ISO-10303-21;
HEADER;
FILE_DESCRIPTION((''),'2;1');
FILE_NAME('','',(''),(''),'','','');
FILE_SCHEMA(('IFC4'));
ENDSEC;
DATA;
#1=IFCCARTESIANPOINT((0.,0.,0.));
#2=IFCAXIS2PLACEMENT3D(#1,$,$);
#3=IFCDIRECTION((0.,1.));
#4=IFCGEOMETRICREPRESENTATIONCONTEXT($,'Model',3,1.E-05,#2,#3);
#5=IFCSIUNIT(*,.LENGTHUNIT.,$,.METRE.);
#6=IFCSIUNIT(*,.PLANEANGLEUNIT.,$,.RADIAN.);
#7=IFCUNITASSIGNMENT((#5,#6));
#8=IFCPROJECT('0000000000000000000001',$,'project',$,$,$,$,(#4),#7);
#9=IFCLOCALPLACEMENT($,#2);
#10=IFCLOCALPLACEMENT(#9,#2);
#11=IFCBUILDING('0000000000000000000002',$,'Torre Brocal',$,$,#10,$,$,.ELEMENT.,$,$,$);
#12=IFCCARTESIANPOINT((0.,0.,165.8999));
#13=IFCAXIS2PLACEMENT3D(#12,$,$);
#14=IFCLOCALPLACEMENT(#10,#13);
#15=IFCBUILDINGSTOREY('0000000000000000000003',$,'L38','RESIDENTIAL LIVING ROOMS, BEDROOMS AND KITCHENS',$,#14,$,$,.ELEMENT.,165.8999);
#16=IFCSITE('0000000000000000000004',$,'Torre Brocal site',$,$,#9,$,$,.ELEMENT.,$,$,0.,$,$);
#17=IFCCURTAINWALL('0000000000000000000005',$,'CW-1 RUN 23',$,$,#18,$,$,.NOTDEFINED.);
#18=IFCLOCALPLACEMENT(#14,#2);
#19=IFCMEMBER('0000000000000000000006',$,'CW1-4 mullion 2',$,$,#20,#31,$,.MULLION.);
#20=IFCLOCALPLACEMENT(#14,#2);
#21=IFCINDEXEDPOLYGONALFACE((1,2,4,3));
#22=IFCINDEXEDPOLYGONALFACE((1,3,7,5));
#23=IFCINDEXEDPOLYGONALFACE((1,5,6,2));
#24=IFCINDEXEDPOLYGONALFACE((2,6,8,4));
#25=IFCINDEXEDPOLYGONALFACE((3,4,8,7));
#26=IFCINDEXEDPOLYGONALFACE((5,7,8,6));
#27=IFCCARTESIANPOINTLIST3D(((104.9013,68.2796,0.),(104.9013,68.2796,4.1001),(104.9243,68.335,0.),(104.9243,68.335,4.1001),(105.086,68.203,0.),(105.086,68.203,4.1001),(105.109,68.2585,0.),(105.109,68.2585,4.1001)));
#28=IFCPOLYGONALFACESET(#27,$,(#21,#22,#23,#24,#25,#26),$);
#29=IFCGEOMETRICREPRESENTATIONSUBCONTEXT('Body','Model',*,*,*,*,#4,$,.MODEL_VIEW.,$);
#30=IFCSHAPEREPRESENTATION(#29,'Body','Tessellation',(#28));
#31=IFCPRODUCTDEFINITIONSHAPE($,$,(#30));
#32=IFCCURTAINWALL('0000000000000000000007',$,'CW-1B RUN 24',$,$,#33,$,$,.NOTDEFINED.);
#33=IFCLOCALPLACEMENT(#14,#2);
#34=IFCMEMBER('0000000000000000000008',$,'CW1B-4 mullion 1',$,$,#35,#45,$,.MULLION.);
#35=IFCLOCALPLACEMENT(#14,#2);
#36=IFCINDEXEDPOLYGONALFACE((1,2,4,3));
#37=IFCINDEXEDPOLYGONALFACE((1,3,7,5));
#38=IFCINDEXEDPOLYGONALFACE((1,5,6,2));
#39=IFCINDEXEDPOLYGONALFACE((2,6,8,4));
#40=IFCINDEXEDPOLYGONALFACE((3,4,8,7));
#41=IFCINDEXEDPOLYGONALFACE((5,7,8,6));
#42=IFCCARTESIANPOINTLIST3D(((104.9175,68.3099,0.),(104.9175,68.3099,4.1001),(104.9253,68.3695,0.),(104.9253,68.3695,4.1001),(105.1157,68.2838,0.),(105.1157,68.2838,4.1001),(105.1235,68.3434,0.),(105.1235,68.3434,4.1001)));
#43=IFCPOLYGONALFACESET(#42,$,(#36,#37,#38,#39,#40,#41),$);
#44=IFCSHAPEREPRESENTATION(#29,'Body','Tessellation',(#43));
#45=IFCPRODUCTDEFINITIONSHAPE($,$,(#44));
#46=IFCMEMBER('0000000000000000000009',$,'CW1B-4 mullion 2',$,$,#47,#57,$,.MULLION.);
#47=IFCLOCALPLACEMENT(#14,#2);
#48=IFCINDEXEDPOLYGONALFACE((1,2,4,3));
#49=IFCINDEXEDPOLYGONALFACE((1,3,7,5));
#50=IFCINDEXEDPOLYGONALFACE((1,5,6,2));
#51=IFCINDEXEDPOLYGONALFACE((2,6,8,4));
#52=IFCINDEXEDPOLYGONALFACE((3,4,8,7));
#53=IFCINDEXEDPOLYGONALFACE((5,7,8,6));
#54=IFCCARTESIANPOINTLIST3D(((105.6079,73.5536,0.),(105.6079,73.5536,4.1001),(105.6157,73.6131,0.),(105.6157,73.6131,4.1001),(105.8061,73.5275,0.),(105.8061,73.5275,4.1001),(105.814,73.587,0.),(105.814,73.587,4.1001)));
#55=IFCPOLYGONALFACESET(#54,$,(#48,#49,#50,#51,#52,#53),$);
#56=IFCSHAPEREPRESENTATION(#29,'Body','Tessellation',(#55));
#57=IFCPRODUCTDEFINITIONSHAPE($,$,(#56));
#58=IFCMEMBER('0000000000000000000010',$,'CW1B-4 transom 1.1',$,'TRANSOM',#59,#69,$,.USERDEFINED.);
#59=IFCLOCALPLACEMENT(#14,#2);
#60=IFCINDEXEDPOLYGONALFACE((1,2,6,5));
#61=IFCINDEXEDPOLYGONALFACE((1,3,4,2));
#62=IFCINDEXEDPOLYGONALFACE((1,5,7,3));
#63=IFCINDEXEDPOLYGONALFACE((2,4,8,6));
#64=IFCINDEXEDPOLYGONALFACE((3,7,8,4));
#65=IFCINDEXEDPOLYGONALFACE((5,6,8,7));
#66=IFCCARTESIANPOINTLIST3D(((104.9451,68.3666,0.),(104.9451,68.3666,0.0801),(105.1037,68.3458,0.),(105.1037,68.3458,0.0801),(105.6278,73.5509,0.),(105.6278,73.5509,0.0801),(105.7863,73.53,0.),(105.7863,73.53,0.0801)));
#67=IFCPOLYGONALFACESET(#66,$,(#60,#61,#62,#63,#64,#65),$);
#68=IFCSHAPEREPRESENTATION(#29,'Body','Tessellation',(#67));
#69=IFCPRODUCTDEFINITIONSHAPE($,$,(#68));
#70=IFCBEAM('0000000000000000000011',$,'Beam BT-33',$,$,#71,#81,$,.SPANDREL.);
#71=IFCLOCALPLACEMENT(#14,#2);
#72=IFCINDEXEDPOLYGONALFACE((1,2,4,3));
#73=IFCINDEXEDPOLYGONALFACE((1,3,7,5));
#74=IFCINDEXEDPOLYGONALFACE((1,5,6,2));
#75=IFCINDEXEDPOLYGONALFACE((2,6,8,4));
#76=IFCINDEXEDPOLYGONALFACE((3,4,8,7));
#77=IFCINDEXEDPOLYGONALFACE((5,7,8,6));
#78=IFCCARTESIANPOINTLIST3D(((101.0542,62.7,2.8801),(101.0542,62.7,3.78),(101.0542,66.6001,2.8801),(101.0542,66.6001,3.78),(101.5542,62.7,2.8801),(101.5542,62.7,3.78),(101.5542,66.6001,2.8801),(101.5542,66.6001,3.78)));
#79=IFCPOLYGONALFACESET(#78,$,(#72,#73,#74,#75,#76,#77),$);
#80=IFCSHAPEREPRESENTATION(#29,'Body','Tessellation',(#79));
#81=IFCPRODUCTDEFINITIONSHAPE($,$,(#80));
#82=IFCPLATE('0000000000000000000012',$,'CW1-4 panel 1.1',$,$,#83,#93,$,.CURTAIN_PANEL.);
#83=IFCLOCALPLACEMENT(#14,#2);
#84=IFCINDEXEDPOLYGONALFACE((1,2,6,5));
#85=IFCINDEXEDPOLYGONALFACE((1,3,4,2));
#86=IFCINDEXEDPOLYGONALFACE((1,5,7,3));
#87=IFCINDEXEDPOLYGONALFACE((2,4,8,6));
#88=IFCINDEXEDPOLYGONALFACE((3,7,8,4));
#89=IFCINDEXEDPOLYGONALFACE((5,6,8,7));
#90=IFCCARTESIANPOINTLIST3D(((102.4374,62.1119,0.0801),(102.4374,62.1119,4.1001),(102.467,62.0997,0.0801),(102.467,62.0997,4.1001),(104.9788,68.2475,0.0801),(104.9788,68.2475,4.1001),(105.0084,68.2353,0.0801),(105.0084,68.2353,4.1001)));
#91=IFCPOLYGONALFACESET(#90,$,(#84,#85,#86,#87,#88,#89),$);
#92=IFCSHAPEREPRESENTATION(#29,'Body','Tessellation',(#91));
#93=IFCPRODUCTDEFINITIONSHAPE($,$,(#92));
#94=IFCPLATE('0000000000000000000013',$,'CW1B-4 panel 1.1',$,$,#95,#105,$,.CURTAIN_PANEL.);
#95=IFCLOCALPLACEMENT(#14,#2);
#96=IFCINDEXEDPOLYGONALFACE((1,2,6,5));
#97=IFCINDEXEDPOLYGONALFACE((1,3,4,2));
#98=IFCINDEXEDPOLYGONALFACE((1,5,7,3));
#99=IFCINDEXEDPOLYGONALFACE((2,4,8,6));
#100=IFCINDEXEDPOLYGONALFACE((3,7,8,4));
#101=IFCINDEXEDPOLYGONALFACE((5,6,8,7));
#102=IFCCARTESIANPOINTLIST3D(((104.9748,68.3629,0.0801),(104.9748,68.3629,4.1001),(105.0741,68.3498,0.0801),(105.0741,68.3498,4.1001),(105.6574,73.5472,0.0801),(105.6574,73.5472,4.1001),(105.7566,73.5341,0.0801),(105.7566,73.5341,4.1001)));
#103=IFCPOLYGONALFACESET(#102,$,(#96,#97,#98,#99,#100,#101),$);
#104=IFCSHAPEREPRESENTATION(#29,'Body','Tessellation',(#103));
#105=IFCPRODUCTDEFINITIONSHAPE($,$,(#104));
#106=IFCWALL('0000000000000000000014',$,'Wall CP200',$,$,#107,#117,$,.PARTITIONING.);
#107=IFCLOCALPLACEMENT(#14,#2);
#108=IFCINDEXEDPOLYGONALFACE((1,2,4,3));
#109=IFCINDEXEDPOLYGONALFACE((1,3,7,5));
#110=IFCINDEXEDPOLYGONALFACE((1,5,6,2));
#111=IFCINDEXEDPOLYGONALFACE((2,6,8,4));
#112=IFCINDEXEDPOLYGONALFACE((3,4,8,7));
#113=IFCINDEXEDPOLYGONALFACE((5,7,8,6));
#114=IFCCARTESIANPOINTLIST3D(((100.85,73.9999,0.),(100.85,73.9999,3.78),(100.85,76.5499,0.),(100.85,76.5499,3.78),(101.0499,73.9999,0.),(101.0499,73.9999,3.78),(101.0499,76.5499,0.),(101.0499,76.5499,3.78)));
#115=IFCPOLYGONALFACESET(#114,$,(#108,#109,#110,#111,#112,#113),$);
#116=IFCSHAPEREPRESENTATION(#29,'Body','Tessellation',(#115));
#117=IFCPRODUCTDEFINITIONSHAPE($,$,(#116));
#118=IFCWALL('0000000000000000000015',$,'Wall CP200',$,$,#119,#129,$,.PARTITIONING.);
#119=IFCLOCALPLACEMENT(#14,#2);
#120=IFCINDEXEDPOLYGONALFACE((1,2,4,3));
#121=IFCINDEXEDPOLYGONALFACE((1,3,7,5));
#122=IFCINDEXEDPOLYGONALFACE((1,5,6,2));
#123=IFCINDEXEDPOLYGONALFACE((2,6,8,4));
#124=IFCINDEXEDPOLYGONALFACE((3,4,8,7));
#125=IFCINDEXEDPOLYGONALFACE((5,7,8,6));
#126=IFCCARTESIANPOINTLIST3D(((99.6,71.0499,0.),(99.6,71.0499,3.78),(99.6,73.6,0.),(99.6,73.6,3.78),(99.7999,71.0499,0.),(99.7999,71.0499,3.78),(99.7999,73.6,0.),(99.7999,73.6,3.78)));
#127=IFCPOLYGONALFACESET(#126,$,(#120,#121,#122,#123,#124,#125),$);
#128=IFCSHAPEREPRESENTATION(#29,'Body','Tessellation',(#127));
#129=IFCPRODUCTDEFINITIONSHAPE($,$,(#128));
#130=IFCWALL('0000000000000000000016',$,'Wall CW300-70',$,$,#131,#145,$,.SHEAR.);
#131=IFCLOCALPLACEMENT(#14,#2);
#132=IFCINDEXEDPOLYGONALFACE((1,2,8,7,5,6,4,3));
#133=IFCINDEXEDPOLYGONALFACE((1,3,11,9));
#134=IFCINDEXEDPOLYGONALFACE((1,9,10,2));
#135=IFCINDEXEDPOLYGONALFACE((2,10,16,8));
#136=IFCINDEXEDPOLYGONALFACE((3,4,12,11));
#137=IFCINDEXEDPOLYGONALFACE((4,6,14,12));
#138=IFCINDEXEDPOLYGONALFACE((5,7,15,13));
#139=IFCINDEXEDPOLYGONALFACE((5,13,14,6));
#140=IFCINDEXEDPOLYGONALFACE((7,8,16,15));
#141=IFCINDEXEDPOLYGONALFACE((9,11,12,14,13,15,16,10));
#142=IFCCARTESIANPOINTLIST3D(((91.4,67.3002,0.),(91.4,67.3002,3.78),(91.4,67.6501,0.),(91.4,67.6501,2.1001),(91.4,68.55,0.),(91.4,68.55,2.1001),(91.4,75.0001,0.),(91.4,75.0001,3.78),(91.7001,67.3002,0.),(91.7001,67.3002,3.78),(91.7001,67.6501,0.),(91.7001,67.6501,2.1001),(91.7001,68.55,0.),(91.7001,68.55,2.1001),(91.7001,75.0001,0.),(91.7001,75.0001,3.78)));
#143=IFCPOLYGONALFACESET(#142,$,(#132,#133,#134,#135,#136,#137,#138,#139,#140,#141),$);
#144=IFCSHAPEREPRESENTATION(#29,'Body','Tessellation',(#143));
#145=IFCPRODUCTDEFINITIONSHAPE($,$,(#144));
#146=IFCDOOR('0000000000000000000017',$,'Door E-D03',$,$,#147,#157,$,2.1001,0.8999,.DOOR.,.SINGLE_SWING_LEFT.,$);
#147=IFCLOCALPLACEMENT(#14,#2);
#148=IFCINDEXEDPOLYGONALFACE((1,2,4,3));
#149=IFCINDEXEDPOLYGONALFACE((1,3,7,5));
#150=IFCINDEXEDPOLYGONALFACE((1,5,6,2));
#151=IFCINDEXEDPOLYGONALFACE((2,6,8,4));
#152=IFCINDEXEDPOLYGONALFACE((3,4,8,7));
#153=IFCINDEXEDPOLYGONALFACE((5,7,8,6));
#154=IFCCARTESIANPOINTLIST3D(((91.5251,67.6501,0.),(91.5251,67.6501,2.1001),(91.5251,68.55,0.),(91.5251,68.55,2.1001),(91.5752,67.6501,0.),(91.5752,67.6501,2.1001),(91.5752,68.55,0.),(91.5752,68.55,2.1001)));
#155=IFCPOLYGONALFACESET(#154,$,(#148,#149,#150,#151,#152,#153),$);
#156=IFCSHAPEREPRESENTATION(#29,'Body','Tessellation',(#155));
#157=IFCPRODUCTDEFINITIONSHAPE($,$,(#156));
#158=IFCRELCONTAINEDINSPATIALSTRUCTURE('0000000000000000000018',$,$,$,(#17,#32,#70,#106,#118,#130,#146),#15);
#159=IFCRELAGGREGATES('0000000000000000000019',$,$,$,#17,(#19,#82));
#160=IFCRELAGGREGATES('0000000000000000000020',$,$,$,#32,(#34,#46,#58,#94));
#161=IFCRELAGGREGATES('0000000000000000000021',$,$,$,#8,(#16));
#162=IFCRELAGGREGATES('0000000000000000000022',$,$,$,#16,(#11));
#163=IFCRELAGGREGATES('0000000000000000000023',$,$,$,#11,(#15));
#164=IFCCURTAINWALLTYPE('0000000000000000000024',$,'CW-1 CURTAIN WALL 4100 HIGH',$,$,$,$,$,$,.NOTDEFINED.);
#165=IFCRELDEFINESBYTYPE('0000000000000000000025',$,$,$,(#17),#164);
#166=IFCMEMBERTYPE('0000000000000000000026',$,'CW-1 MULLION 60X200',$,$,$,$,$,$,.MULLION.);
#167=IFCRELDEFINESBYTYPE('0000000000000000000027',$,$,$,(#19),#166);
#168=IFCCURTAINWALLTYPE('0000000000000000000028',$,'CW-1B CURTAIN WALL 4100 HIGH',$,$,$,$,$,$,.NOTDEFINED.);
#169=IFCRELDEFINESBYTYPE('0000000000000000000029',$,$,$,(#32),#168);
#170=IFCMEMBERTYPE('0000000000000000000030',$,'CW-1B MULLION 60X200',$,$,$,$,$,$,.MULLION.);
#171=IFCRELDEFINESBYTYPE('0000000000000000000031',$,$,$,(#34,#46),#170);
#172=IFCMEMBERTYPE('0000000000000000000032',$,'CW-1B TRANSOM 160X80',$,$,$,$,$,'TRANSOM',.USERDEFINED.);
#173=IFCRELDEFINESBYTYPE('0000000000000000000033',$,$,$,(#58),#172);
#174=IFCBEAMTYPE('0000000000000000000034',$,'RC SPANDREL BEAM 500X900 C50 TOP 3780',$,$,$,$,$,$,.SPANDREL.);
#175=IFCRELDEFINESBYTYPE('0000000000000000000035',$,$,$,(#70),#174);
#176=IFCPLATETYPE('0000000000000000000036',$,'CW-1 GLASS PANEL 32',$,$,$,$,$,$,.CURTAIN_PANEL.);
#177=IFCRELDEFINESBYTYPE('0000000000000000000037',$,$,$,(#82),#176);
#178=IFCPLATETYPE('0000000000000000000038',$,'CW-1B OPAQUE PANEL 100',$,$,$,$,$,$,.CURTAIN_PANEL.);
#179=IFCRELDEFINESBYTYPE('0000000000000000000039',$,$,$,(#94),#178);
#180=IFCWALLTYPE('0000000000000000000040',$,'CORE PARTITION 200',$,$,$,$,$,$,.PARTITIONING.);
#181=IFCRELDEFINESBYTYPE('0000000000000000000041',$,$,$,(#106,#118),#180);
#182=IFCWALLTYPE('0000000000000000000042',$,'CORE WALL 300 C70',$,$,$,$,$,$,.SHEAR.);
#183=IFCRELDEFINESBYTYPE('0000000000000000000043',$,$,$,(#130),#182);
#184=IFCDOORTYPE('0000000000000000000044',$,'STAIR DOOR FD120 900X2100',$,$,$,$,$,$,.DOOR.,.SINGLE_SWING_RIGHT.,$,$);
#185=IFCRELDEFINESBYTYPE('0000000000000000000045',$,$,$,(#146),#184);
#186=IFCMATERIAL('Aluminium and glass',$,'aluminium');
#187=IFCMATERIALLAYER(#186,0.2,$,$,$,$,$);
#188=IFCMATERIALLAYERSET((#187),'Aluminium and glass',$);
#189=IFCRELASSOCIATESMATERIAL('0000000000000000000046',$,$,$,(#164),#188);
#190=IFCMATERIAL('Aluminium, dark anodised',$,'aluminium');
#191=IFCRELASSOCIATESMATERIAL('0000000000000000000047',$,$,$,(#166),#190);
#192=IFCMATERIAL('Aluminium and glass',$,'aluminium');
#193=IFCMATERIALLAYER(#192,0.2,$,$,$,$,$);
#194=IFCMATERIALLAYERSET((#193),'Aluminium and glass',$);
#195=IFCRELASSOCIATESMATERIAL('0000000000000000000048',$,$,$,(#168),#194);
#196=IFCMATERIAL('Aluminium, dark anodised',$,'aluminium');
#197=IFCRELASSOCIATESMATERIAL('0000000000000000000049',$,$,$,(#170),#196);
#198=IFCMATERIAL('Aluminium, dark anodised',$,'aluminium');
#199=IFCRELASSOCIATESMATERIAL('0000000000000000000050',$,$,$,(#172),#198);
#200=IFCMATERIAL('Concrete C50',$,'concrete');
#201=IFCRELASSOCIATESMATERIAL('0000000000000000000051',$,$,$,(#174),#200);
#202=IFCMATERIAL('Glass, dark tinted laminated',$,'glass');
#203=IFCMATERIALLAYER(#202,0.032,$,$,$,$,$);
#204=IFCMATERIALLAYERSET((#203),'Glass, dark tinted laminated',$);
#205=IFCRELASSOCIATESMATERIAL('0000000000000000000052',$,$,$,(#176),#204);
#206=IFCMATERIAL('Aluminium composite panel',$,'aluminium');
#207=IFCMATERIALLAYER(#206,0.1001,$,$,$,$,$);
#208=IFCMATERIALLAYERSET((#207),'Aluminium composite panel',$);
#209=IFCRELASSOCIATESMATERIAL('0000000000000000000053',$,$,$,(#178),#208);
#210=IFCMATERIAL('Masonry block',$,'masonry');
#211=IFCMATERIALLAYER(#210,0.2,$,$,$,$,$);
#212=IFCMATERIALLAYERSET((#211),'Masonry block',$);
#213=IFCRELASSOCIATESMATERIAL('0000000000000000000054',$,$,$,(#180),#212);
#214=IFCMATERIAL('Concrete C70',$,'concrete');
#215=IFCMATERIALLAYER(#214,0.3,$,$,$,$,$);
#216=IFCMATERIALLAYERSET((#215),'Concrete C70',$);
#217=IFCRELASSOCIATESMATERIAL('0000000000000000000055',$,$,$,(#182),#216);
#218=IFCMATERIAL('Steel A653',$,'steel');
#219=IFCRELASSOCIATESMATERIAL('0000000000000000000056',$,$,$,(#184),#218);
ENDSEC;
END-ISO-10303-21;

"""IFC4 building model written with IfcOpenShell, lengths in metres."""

from ifc_helpers import new_model, si_unit, direction, frame, frame_2d, origin, origin_2d, place, context, subcontext, project, spatial, rectangle, extrude, material, layer, layer_set, material_profile, profile_set, type_object, element, fill, aggregate, save


model = new_model("IFC4")

# Units and contexts
model_context = context("Model", 3, precision=1e-05, world=origin(), true_north=direction((0.0, 1.0)))
body_context = subcontext(model_context, "Body", "Model", "MODEL_VIEW")
ifc_project = project(units=[si_unit("LENGTHUNIT", "METRE"), si_unit("PLANEANGLEUNIT", "RADIAN")], contexts=[model_context])

# Site, building, storey
site_placement = place(None, origin())
site = spatial("IfcSite", under=ifc_project, at=site_placement, Name="Torre Brocal site", CompositionType="ELEMENT", RefElevation=0.0)
building_placement = place(site_placement, origin())
building = spatial("IfcBuilding", under=site, at=building_placement, Name="Torre Brocal", CompositionType="ELEMENT")
storey_placement = place(building_placement, frame((0.0, 0.0, 165.8999)))
storey = spatial("IfcBuildingStorey", under=building, at=storey_placement, Name="L38", Description="RESIDENTIAL LIVING ROOMS, BEDROOMS AND KITCHENS", CompositionType="ELEMENT", Elevation=165.8999)

# Curtain wall, member
ifc_material_1 = material(Name="Aluminium and glass", Category="aluminium")
ifc_layer_1 = layer(ifc_material_1, 0.2)
ifc_layer_set_1 = layer_set([ifc_layer_1], Name="Aluminium and glass")
curtain_wall_type_1 = type_object("IfcCurtainWallType", Name="CW-1 CURTAIN WALL 4100 HIGH", PredefinedType="NOTDEFINED", material=ifc_layer_set_1)
curtain_wall_1_placement = place(storey_placement, origin())
curtain_wall_1 = element("IfcCurtainWall", 1, at=curtain_wall_1_placement, inside=storey, type_object=curtain_wall_type_1, Name="CW-1 RUN 23", PredefinedType="NOTDEFINED")
ifc_material_2 = material(Name="Aluminium, dark anodised", Category="aluminium")
ifc_material_profile_1 = material_profile(ifc_material_2, rectangle(XDim=0.2, YDim=0.0601, at=origin_2d()), Name="CW-1 MULLION 60X200")
ifc_profile_set_1 = profile_set([ifc_material_profile_1], Name="Aluminium, dark anodised")
member_type_1 = type_object("IfcMemberType", Name="CW-1 MULLION 60X200", PredefinedType="MULLION", material=ifc_profile_set_1)
member_1_placement = place(storey_placement, frame((105.0051, 68.269, 0.0), z_axis=(0.0, 0.0, 1.0), x_axis=(-0.92388, 0.382683, 0.0)))
member_1 = element("IfcMember", 2, at=member_1_placement, type_object=member_type_1, Name="CW1-4 mullion 2", PredefinedType="MULLION", context=body_context, shape_type="SweptSolid", body=[
    extrude(rectangle(XDim=0.2, YDim=0.0601, at=origin_2d()), origin(), (0.0, 0.0, 1.0), 4.1001),
])

# Curtain wall, members
ifc_material_3 = material(Name="Aluminium and glass", Category="aluminium")
ifc_layer_2 = layer(ifc_material_3, 0.2)
ifc_layer_set_2 = layer_set([ifc_layer_2], Name="Aluminium and glass")
curtain_wall_type_2 = type_object("IfcCurtainWallType", Name="CW-1B CURTAIN WALL 4100 HIGH", PredefinedType="NOTDEFINED", material=ifc_layer_set_2)
curtain_wall_2_placement = place(storey_placement, origin())
curtain_wall_2 = element("IfcCurtainWall", 3, at=curtain_wall_2_placement, inside=storey, type_object=curtain_wall_type_2, Name="CW-1B RUN 24", PredefinedType="NOTDEFINED")
ifc_material_4 = material(Name="Aluminium, dark anodised", Category="aluminium")
ifc_material_profile_2 = material_profile(ifc_material_4, rectangle(XDim=0.2, YDim=0.0601, at=origin_2d()), Name="CW-1B MULLION 60X200")
ifc_profile_set_2 = profile_set([ifc_material_profile_2], Name="Aluminium, dark anodised")
member_type_2 = type_object("IfcMemberType", Name="CW-1B MULLION 60X200", PredefinedType="MULLION", material=ifc_profile_set_2)
member_2_placement = place(storey_placement, frame((105.0205, 68.3267, 0.0), z_axis=(0.0, 0.0, 1.0), x_axis=(-0.991445, 0.130526, 0.0)))
member_2 = element("IfcMember", 4, at=member_2_placement, type_object=member_type_2, Name="CW1B-4 mullion 1", PredefinedType="MULLION", context=body_context, shape_type="SweptSolid", body=[
    extrude(rectangle(XDim=0.2, YDim=0.0601, at=origin_2d()), origin(), (0.0, 0.0, 1.0), 4.1001),
])
member_3_placement = place(storey_placement, frame((105.7109, 73.5703, 0.0), z_axis=(0.0, 0.0, 1.0), x_axis=(-0.991445, 0.130526, 0.0)))
member_3 = element("IfcMember", 5, at=member_3_placement, type_object=member_type_2, Name="CW1B-4 mullion 2", PredefinedType="MULLION", context=body_context, shape_type="SweptSolid", body=[
    extrude(rectangle(XDim=0.2, YDim=0.0601, at=origin_2d()), origin(), (0.0, 0.0, 1.0), 4.1001),
])
ifc_material_5 = material(Name="Aluminium, dark anodised", Category="aluminium")
ifc_material_profile_3 = material_profile(ifc_material_5, rectangle(XDim=0.1599, YDim=0.0801, at=origin_2d()), Name="CW-1B TRANSOM 160X80")
ifc_profile_set_3 = profile_set([ifc_material_profile_3], Name="Aluminium, dark anodised")
member_type_3 = type_object("IfcMemberType", Name="CW-1B TRANSOM 160X80", ElementType="TRANSOM", PredefinedType="USERDEFINED", material=ifc_profile_set_3)
member_4_placement = place(storey_placement, frame((105.0244, 68.3562, 0.04), z_axis=(0.130543, 0.991443, 0.0), x_axis=(-0.991443, 0.130543, 0.0)))
member_4 = element("IfcMember", 6, at=member_4_placement, type_object=member_type_3, Name="CW1B-4 transom 1.1", ObjectType="TRANSOM", PredefinedType="USERDEFINED", context=body_context, shape_type="SweptSolid", body=[
    extrude(rectangle(XDim=0.1599, YDim=0.0801, at=origin_2d()), origin(), (0.0, 0.0, 1.0), 5.229),
])

# Beam
ifc_material_6 = material(Name="Concrete C50", Category="concrete")
ifc_material_profile_4 = material_profile(ifc_material_6, rectangle(XDim=0.5, YDim=0.8999, at=origin_2d()), Name="RC 500X900")
ifc_profile_set_4 = profile_set([ifc_material_profile_4], Name="Concrete C50")
beam_type = type_object("IfcBeamType", Name="RC SPANDREL BEAM 500X900 C50 TOP 3780", PredefinedType="SPANDREL", material=ifc_profile_set_4)
beam_placement = place(storey_placement, frame((101.3042, 62.7, 3.3301), z_axis=(0.0, 1.0, 0.0), x_axis=(-1.0, 0.0, 0.0)))
element("IfcBeam", 7, at=beam_placement, inside=storey, type_object=beam_type, Name="Beam BT-33", PredefinedType="SPANDREL", context=body_context, shape_type="SweptSolid", body=[
    extrude(rectangle(XDim=0.5, YDim=0.8999, at=origin_2d()), origin(), (0.0, 0.0, 1.0), 3.9001),
])

# Plates
ifc_material_7 = material(Name="Glass, dark tinted laminated", Category="glass")
ifc_layer_3 = layer(ifc_material_7, 0.032)
ifc_layer_set_3 = layer_set([ifc_layer_3], Name="Glass, dark tinted laminated")
plate_type_1 = type_object("IfcPlateType", Name="CW-1 GLASS PANEL 32", PredefinedType="CURTAIN_PANEL", material=ifc_layer_set_3)
plate_1_placement = place(storey_placement, frame((103.7229, 65.1736, 0.0801), z_axis=(0.0, 0.0, 1.0), x_axis=(0.382683, 0.92388, 0.0)))
plate_1 = element("IfcPlate", 8, at=plate_1_placement, type_object=plate_type_1, Name="CW1-4 panel 1.1", PredefinedType="CURTAIN_PANEL", context=body_context, shape_type="SweptSolid", body=[
    extrude(rectangle(XDim=6.6411, YDim=0.032, at=origin_2d()), origin(), (0.0, 0.0, 1.0), 4.02),
])
aggregate(curtain_wall_1, [member_1, plate_1])
ifc_material_8 = material(Name="Aluminium composite panel", Category="aluminium")
ifc_layer_4 = layer(ifc_material_8, 0.1001)
ifc_layer_set_4 = layer_set([ifc_layer_4], Name="Aluminium composite panel")
plate_type_2 = type_object("IfcPlateType", Name="CW-1B OPAQUE PANEL 100", PredefinedType="CURTAIN_PANEL", material=ifc_layer_set_4)
plate_2_placement = place(storey_placement, frame((105.3657, 70.9485, 0.0801), z_axis=(0.0, 0.0, 1.0), x_axis=(0.130526, 0.991445, 0.0)))
plate_2 = element("IfcPlate", 9, at=plate_2_placement, type_object=plate_type_2, Name="CW1B-4 panel 1.1", PredefinedType="CURTAIN_PANEL", context=body_context, shape_type="SweptSolid", body=[
    extrude(rectangle(XDim=5.229, YDim=0.1001, at=origin_2d()), origin(), (0.0, 0.0, 1.0), 4.02),
])
aggregate(curtain_wall_2, [member_2, member_3, member_4, plate_2])

# Walls
ifc_material_9 = material(Name="Masonry block", Category="masonry")
ifc_layer_5 = layer(ifc_material_9, 0.2)
ifc_layer_set_5 = layer_set([ifc_layer_5], Name="Masonry block")
wall_type_1 = type_object("IfcWallType", Name="CORE PARTITION 200", PredefinedType="PARTITIONING", material=ifc_layer_set_5)
for number, where, z_axis, x_axis, name in (
    (10, (100.95, 74.0, 0.0), (0.0, 0.0, 1.0), (0.0, 1.0, 0.0), "Wall CP200"),
    (11, (99.7, 71.05, 0.0), (0.0, 0.0, 1.0), (0.0, 1.0, 0.0), "Wall CP200"),
):
    element("IfcWall", number, at=place(storey_placement, frame(where, z_axis=z_axis, x_axis=x_axis)), inside=storey, type_object=wall_type_1, Name=name, PredefinedType="PARTITIONING", context=body_context, shape_type="SweptSolid", body=[
        extrude(rectangle(XDim=2.55, YDim=0.2, at=frame_2d((1.2749, 0.0))), origin(), (0.0, 0.0, 1.0), 3.78),
    ])

# Wall, opening, door
ifc_material_10 = material(Name="Concrete C70", Category="concrete")
ifc_layer_6 = layer(ifc_material_10, 0.3)
ifc_layer_set_6 = layer_set([ifc_layer_6], Name="Concrete C70")
wall_type_2 = type_object("IfcWallType", Name="CORE WALL 300 C70", PredefinedType="SHEAR", material=ifc_layer_set_6)
wall_1_placement = place(storey_placement, frame((91.55, 67.3, 0.0), z_axis=(0.0, 0.0, 1.0), x_axis=(0.0, 1.0, 0.0)))
wall_1 = element("IfcWall", 12, at=wall_1_placement, inside=storey, type_object=wall_type_2, Name="Wall CW300-70", PredefinedType="SHEAR", context=body_context, shape_type="SweptSolid", body=[
    extrude(rectangle(XDim=7.7, YDim=0.3, at=frame_2d((3.8501, 0.0))), origin(), (0.0, 0.0, 1.0), 3.78),
])
opening_1_placement = place(wall_1_placement, frame((0.3501, 0.0, 0.0)))
opening_1 = element("IfcOpeningElement", 13, at=opening_1_placement, cuts=wall_1, PredefinedType="OPENING", context=body_context, shape_type="SweptSolid", body=[
    extrude(rectangle(XDim=0.8999, YDim=2.1001, at=frame_2d((0.45, 1.05))), frame((0.0, 0.1599, 0.0), z_axis=(0.0, -1.0, 0.0), x_axis=(1.0, 0.0, 0.0)), (0.0, 0.0, 1.0), 0.3201),
])
ifc_material_11 = material(Name="Steel A653", Category="steel")
door_type_1 = type_object("IfcDoorType", Name="STAIR DOOR FD120 900X2100", OperationType="SINGLE_SWING_RIGHT", PredefinedType="DOOR", material=ifc_material_11)
door_1_placement = place(opening_1_placement, origin())
door_1 = element("IfcDoor", 14, at=door_1_placement, inside=storey, type_object=door_type_1, Name="Door E-D03", OperationType="SINGLE_SWING_LEFT", OverallHeight=2.1001, OverallWidth=0.8999, PredefinedType="DOOR", context=body_context, shape_type="SweptSolid", body=[
    extrude(rectangle(XDim=0.8999, YDim=2.1001, at=frame_2d((0.45, 1.05))), frame((0.0, 0.0249, 0.0), z_axis=(0.0, -1.0, 0.0), x_axis=(1.0, 0.0, 0.0)), (0.0, 0.0, 1.0), 0.05),
])
fill(opening_1, door_1)

save(model, "model.ifc")
